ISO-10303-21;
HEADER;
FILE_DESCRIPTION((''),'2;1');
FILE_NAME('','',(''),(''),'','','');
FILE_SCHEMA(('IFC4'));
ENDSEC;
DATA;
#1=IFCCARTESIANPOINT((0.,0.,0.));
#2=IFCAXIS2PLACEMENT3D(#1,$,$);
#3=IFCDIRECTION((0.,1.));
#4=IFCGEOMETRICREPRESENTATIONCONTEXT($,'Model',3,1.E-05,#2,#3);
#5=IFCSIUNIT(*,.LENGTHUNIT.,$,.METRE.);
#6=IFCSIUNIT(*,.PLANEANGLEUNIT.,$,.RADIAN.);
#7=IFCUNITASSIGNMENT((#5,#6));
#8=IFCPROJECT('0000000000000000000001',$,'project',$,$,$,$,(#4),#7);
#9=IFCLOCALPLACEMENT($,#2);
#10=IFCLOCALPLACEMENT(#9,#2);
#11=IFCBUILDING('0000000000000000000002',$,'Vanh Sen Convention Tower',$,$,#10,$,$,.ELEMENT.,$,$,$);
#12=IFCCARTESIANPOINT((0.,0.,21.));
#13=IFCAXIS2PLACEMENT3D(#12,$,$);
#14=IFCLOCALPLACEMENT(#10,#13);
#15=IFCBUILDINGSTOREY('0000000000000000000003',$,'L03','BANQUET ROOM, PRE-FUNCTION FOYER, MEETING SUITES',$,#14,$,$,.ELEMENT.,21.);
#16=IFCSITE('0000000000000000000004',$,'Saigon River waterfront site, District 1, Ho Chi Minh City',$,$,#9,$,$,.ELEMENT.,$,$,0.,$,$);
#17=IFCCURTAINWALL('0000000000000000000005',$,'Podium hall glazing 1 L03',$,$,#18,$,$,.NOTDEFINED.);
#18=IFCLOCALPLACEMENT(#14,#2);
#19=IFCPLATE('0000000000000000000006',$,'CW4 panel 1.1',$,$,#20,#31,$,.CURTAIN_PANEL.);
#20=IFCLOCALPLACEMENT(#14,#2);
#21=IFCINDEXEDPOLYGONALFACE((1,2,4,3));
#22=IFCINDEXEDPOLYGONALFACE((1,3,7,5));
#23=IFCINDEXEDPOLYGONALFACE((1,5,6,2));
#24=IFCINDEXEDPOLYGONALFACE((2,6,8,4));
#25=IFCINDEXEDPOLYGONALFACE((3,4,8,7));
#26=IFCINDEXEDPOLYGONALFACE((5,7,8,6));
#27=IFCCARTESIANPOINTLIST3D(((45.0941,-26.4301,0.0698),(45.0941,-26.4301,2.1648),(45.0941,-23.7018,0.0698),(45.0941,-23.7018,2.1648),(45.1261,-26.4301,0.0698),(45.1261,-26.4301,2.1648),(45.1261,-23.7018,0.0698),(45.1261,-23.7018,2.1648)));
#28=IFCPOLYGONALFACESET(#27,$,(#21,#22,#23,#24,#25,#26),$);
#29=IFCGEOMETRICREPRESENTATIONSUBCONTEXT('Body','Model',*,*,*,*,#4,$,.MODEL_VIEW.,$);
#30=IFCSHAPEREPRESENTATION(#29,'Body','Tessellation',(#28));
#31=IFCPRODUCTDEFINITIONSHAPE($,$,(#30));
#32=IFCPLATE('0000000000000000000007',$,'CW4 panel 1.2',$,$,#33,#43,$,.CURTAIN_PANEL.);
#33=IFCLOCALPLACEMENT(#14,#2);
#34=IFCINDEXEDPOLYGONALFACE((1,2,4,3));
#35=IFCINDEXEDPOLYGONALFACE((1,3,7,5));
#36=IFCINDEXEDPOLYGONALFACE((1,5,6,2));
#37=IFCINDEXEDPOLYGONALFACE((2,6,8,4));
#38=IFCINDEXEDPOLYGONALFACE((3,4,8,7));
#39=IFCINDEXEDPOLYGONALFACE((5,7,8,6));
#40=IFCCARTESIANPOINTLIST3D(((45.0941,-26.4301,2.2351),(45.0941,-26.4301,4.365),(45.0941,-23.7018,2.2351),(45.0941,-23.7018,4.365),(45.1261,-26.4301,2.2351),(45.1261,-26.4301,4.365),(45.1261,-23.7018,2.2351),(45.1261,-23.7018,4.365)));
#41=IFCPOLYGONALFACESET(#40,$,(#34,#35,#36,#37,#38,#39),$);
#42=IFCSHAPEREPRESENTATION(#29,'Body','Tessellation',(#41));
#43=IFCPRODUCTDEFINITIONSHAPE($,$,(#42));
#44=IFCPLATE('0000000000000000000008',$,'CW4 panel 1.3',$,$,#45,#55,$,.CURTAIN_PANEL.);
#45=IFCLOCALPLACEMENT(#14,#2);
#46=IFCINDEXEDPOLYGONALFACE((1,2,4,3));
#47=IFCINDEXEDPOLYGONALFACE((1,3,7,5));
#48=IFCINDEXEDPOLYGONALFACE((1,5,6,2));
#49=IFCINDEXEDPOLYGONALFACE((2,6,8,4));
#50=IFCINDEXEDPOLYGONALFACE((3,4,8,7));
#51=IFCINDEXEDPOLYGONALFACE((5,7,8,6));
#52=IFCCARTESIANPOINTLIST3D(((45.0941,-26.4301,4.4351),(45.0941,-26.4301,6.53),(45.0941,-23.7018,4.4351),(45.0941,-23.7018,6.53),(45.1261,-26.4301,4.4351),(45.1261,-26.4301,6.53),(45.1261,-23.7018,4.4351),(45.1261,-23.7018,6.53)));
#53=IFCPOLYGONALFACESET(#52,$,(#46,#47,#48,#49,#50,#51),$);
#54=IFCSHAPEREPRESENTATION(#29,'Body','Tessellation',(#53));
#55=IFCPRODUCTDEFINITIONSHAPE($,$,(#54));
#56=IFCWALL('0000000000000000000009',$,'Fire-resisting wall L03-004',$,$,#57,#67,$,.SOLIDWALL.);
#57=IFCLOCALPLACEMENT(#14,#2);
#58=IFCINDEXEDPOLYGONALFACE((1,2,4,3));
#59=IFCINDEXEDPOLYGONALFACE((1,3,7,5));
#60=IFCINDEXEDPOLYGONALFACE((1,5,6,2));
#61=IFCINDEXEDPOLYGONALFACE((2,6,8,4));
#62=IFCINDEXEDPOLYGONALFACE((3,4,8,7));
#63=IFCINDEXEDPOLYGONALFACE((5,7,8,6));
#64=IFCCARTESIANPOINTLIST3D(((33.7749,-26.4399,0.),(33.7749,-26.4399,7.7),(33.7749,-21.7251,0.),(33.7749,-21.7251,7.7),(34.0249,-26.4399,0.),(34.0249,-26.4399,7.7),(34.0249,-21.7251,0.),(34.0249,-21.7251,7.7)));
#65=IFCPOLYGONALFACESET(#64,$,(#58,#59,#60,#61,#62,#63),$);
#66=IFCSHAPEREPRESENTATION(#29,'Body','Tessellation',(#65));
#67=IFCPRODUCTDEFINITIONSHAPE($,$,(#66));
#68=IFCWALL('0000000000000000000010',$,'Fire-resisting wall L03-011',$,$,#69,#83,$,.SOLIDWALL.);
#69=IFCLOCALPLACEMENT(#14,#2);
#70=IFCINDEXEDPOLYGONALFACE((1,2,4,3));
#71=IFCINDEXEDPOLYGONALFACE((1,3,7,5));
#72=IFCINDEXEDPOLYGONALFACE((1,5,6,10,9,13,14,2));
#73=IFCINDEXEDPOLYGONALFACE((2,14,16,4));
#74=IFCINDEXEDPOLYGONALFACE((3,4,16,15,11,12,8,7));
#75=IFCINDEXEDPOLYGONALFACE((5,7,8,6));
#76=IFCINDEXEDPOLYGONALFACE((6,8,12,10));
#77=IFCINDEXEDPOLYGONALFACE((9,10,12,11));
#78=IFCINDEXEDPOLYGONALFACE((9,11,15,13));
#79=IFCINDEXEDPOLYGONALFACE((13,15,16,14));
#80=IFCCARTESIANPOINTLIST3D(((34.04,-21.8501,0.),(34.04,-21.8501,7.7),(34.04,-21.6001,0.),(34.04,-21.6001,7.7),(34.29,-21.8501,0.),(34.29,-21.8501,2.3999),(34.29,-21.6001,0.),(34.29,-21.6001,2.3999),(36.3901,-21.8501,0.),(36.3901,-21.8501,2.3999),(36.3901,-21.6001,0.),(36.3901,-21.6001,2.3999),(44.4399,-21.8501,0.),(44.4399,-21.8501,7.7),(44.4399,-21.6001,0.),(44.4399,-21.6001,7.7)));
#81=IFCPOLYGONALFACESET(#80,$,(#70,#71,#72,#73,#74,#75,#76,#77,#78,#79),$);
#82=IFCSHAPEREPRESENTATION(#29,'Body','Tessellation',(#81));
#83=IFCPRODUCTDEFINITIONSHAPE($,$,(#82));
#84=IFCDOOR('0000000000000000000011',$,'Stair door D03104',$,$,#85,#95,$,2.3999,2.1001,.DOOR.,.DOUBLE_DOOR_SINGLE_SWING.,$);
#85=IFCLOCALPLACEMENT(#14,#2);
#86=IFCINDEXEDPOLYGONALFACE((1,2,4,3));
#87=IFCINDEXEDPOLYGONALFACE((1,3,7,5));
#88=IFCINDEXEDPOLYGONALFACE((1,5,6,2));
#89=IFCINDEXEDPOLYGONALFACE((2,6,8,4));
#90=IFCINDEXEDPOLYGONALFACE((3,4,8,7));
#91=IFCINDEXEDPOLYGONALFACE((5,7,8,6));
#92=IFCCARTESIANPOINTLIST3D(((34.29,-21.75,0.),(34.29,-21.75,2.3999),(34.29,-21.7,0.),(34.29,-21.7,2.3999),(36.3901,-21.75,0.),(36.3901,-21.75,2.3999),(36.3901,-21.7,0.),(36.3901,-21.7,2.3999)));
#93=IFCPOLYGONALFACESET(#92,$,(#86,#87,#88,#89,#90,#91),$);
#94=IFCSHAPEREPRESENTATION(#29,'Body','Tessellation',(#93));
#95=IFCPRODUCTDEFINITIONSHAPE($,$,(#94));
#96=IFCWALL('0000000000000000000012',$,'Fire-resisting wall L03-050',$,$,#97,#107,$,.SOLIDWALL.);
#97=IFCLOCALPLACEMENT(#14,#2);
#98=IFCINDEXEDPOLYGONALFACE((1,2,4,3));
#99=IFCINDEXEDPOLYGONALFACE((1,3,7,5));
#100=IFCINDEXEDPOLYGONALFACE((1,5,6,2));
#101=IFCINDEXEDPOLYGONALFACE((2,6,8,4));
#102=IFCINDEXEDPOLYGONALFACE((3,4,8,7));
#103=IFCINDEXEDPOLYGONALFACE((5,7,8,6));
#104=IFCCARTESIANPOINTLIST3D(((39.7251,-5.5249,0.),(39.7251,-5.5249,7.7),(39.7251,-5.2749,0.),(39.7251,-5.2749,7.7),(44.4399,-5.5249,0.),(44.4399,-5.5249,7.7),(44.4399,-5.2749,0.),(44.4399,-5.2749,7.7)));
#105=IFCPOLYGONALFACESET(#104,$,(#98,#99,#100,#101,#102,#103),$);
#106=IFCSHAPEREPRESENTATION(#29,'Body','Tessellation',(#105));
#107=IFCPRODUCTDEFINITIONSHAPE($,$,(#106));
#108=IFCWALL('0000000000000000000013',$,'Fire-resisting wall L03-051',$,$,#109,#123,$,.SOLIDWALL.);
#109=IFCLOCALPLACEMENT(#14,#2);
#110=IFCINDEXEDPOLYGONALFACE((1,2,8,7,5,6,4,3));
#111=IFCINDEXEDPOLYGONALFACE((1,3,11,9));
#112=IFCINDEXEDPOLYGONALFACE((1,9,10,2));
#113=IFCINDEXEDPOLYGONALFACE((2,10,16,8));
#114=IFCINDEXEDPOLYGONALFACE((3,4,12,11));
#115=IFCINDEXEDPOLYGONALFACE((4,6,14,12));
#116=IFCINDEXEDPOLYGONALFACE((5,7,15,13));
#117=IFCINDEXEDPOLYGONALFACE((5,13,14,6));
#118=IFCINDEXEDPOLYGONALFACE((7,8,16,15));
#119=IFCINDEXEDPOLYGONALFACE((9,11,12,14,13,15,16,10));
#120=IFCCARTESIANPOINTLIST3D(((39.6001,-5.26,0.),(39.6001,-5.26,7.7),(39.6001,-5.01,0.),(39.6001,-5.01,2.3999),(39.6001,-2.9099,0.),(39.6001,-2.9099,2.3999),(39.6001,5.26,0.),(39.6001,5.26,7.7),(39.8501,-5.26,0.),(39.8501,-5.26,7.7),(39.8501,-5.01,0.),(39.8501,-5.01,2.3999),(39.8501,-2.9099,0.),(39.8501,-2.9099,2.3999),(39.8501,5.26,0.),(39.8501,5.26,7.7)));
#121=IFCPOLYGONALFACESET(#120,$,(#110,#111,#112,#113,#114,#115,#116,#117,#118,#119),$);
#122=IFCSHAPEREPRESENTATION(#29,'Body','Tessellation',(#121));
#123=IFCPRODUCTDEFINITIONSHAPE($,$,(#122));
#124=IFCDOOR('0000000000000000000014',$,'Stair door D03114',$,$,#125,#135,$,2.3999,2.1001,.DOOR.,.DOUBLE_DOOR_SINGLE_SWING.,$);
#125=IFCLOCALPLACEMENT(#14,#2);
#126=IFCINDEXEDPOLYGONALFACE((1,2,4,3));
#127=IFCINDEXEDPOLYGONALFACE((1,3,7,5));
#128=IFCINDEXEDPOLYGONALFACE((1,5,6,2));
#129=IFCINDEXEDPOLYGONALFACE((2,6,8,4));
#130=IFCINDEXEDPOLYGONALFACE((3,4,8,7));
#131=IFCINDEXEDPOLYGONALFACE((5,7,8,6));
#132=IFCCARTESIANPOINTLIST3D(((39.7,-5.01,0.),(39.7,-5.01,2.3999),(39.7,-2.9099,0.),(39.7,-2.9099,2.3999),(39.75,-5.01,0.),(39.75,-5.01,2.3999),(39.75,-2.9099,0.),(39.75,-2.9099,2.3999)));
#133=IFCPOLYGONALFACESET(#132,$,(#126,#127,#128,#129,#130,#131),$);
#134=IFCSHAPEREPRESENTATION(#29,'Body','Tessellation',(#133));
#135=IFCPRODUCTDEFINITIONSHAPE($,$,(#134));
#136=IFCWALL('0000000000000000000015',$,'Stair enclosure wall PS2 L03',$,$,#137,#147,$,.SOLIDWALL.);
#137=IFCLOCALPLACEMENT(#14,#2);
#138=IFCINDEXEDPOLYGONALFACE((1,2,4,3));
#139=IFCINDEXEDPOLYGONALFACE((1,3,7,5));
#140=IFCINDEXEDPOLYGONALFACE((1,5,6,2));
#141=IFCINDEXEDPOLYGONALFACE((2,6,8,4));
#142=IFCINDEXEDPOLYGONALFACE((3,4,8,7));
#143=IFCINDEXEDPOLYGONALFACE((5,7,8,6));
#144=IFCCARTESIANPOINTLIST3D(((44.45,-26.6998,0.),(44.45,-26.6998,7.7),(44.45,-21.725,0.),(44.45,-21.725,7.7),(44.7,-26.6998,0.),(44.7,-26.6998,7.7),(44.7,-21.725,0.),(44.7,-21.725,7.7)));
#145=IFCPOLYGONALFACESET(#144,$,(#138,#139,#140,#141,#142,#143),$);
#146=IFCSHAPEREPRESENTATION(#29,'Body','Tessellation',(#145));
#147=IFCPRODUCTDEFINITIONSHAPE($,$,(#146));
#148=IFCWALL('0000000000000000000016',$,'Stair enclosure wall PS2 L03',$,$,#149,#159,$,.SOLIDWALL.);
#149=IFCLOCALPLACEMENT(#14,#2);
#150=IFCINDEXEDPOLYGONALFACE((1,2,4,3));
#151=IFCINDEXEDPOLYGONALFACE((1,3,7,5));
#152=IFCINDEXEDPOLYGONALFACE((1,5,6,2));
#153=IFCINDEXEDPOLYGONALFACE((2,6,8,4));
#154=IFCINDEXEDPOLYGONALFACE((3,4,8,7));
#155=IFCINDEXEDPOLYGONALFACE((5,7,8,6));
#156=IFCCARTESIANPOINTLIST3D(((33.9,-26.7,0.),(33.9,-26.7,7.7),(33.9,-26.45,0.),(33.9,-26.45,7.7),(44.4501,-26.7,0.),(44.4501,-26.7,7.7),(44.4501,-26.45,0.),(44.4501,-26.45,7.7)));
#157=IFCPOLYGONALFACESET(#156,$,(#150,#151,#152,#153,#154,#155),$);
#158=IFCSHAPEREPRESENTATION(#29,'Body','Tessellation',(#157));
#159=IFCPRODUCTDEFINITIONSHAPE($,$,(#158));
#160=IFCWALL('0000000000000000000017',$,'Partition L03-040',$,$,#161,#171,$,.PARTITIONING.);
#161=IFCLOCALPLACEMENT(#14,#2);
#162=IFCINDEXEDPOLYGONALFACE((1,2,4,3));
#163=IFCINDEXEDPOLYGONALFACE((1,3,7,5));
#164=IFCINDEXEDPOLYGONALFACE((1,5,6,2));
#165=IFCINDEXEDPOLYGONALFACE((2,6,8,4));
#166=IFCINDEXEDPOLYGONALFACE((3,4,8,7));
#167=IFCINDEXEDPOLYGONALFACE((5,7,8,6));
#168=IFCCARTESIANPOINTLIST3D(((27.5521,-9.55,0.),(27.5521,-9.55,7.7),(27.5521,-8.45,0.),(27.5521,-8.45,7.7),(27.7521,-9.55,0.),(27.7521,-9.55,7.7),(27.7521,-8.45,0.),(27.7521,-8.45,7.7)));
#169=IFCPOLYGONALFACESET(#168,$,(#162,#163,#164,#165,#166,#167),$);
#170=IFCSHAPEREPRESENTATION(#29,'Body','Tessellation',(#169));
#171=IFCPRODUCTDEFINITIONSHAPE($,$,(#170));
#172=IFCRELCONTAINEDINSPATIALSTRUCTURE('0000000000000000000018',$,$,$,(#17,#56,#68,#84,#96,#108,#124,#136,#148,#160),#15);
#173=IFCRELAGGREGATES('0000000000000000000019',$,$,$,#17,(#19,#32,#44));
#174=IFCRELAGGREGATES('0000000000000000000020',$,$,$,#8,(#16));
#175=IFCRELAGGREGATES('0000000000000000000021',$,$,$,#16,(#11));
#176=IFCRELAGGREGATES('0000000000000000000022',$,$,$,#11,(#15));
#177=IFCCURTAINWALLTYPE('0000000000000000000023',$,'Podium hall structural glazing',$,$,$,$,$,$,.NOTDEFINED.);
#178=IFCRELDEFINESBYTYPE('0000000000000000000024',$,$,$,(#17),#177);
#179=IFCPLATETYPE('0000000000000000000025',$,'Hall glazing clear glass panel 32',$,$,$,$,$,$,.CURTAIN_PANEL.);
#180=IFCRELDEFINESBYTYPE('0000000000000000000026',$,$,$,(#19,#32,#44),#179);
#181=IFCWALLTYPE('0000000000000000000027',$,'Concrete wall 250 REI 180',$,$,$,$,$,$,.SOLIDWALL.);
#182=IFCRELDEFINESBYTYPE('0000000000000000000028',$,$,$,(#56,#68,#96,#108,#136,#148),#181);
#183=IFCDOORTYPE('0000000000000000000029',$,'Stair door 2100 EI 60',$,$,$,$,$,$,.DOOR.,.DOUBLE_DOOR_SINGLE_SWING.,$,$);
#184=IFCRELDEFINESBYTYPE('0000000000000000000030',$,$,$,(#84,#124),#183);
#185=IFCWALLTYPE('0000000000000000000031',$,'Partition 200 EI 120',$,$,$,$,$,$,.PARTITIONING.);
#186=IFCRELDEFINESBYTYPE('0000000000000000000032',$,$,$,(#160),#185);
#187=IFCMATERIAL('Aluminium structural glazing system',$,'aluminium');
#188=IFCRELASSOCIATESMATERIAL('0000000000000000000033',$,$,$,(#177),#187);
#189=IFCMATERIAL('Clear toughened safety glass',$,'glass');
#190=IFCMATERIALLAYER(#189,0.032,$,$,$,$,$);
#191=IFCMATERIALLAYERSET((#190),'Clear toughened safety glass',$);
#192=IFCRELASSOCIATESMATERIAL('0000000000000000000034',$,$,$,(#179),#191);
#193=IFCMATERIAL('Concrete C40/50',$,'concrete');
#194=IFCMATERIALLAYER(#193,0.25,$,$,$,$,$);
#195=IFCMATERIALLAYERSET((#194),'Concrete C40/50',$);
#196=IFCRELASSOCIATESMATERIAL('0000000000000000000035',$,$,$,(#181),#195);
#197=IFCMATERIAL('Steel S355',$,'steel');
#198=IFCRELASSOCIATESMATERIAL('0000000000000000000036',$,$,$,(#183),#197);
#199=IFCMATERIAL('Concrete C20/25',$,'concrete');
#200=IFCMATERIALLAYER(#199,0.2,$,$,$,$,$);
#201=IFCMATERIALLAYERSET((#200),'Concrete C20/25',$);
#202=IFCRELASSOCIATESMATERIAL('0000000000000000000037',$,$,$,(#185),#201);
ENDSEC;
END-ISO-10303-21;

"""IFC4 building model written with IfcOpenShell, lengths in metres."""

from ifc_helpers import new_model, si_unit, direction, frame, frame_2d, origin, origin_2d, place, context, subcontext, project, spatial, rectangle, extrude, material, layer, layer_set, type_object, element, fill, aggregate, save


model = new_model("IFC4")

# Units and contexts
model_context = context("Model", 3, precision=1e-05, world=origin(), true_north=direction((0.0, 1.0)))
body_context = subcontext(model_context, "Body", "Model", "MODEL_VIEW")
ifc_project = project(units=[si_unit("LENGTHUNIT", "METRE"), si_unit("PLANEANGLEUNIT", "RADIAN")], contexts=[model_context])

# Site, building, storey
site_placement = place(None, origin())
site = spatial("IfcSite", under=ifc_project, at=site_placement, Name="Saigon River waterfront site, District 1, Ho Chi Minh City", CompositionType="ELEMENT", RefElevation=0.0)
building_placement = place(site_placement, origin())
building = spatial("IfcBuilding", under=site, at=building_placement, Name="Vanh Sen Convention Tower", CompositionType="ELEMENT")
storey_placement = place(building_placement, frame((0.0, 0.0, 21.0)))
storey = spatial("IfcBuildingStorey", under=building, at=storey_placement, Name="L03", Description="BANQUET ROOM, PRE-FUNCTION FOYER, MEETING SUITES", CompositionType="ELEMENT", Elevation=21.0)

# Curtain wall
ifc_material_1 = material(Name="Aluminium structural glazing system", Category="aluminium")
curtain_wall_type = type_object("IfcCurtainWallType", Name="Podium hall structural glazing", PredefinedType="NOTDEFINED", material=ifc_material_1)
curtain_wall_placement = place(storey_placement, origin())
curtain_wall = element("IfcCurtainWall", 1, at=curtain_wall_placement, inside=storey, type_object=curtain_wall_type, Name="Podium hall glazing 1 L03", PredefinedType="NOTDEFINED")

# Plates
ifc_material_2 = material(Name="Clear toughened safety glass", Category="glass")
ifc_layer_1 = layer(ifc_material_2, 0.032)
ifc_layer_set_1 = layer_set([ifc_layer_1], Name="Clear toughened safety glass")
plate_type = type_object("IfcPlateType", Name="Hall glazing clear glass panel 32", PredefinedType="CURTAIN_PANEL", material=ifc_layer_set_1)
plate_1_placement = place(storey_placement, frame((45.1101, -25.0659, 0.0698), z_axis=(0.0, 0.0, 1.0), x_axis=(0.0, 1.0, 0.0)))
plate_1 = element("IfcPlate", 2, at=plate_1_placement, type_object=plate_type, Name="CW4 panel 1.1", PredefinedType="CURTAIN_PANEL", context=body_context, shape_type="SweptSolid", body=[
    extrude(rectangle(XDim=2.7283, YDim=0.032, at=origin_2d()), origin(), (0.0, 0.0, 1.0), 2.095),
])
plate_2_placement = place(storey_placement, frame((45.1101, -25.0659, 2.2351), z_axis=(0.0, 0.0, 1.0), x_axis=(0.0, 1.0, 0.0)))
plate_2 = element("IfcPlate", 3, at=plate_2_placement, type_object=plate_type, Name="CW4 panel 1.2", PredefinedType="CURTAIN_PANEL", context=body_context, shape_type="SweptSolid", body=[
    extrude(rectangle(XDim=2.7283, YDim=0.032, at=origin_2d()), origin(), (0.0, 0.0, 1.0), 2.1299),
])
plate_3_placement = place(storey_placement, frame((45.1101, -25.0659, 4.4351), z_axis=(0.0, 0.0, 1.0), x_axis=(0.0, 1.0, 0.0)))
plate_3 = element("IfcPlate", 4, at=plate_3_placement, type_object=plate_type, Name="CW4 panel 1.3", PredefinedType="CURTAIN_PANEL", context=body_context, shape_type="SweptSolid", body=[
    extrude(rectangle(XDim=2.7283, YDim=0.032, at=origin_2d()), origin(), (0.0, 0.0, 1.0), 2.095),
])
aggregate(curtain_wall, [plate_1, plate_2, plate_3])

# Wall
ifc_material_3 = material(Name="Concrete C40/50", Category="concrete")
ifc_layer_2 = layer(ifc_material_3, 0.25)
ifc_layer_set_2 = layer_set([ifc_layer_2], Name="Concrete C40/50")
wall_type_1 = type_object("IfcWallType", Name="Concrete wall 250 REI 180", PredefinedType="SOLIDWALL", material=ifc_layer_set_2)
wall_1_placement = place(storey_placement, frame((33.8999, -26.4399, 0.0), z_axis=(0.0, 0.0, 1.0), x_axis=(0.0, 1.0, 0.0)))
element("IfcWall", 5, at=wall_1_placement, inside=storey, type_object=wall_type_1, Name="Fire-resisting wall L03-004", PredefinedType="SOLIDWALL", context=body_context, shape_type="SweptSolid", body=[
    extrude(rectangle(XDim=4.7148, YDim=0.25, at=frame_2d((2.3574, 0.0))), origin(), (0.0, 0.0, 1.0), 7.7),
])

# Wall, opening, door
wall_2_placement = place(storey_placement, frame((34.04, -21.7251, 0.0), z_axis=(0.0, 0.0, 1.0), x_axis=(1.0, 0.0, 0.0)))
wall_2 = element("IfcWall", 6, at=wall_2_placement, inside=storey, type_object=wall_type_1, Name="Fire-resisting wall L03-011", PredefinedType="SOLIDWALL", context=body_context, shape_type="SweptSolid", body=[
    extrude(rectangle(XDim=10.3999, YDim=0.25, at=frame_2d((5.2, 0.0))), origin(), (0.0, 0.0, 1.0), 7.7),
])
opening_1_placement = place(wall_2_placement, frame((0.25, 0.0, 0.0)))
opening_1 = element("IfcOpeningElement", 7, at=opening_1_placement, cuts=wall_2, PredefinedType="OPENING", context=body_context, shape_type="SweptSolid", body=[
    extrude(rectangle(XDim=2.1001, YDim=2.3999, at=frame_2d((1.05, 1.2))), frame((0.0, 0.135, 0.0), z_axis=(0.0, -1.0, 0.0), x_axis=(1.0, 0.0, 0.0)), (0.0, 0.0, 1.0), 0.27),
])
ifc_material_4 = material(Name="Steel S355", Category="steel")
door_type = type_object("IfcDoorType", Name="Stair door 2100 EI 60", OperationType="DOUBLE_DOOR_SINGLE_SWING", PredefinedType="DOOR", material=ifc_material_4)
door_1_placement = place(opening_1_placement, frame((2.1001, 0.0, 0.0), z_axis=(0.0, 0.0, 1.0), x_axis=(-1.0, 0.0, 0.0)))
door_1 = element("IfcDoor", 8, at=door_1_placement, inside=storey, type_object=door_type, Name="Stair door D03104", OperationType="DOUBLE_DOOR_SINGLE_SWING", OverallHeight=2.3999, OverallWidth=2.1001, PredefinedType="DOOR", context=body_context, shape_type="SweptSolid", body=[
    extrude(rectangle(XDim=2.1001, YDim=2.3999, at=frame_2d((1.05, 1.2))), frame((0.0, 0.0249, 0.0), z_axis=(0.0, -1.0, 0.0), x_axis=(1.0, 0.0, 0.0)), (0.0, 0.0, 1.0), 0.05),
])
fill(opening_1, door_1)

# Wall
wall_3_placement = place(storey_placement, frame((44.4399, -5.3999, 0.0), z_axis=(0.0, 0.0, 1.0), x_axis=(-1.0, 0.0, 0.0)))
element("IfcWall", 9, at=wall_3_placement, inside=storey, type_object=wall_type_1, Name="Fire-resisting wall L03-050", PredefinedType="SOLIDWALL", context=body_context, shape_type="SweptSolid", body=[
    extrude(rectangle(XDim=4.7148, YDim=0.25, at=frame_2d((2.3574, 0.0))), origin(), (0.0, 0.0, 1.0), 7.7),
])

# Wall, opening, door
wall_4_placement = place(storey_placement, frame((39.7251, -5.26, 0.0), z_axis=(0.0, 0.0, 1.0), x_axis=(0.0, 1.0, 0.0)))
wall_4 = element("IfcWall", 10, at=wall_4_placement, inside=storey, type_object=wall_type_1, Name="Fire-resisting wall L03-051", PredefinedType="SOLIDWALL", context=body_context, shape_type="SweptSolid", body=[
    extrude(rectangle(XDim=10.52, YDim=0.25, at=frame_2d((5.26, 0.0))), origin(), (0.0, 0.0, 1.0), 7.7),
])
opening_2_placement = place(wall_4_placement, frame((0.25, 0.0, 0.0)))
opening_2 = element("IfcOpeningElement", 11, at=opening_2_placement, cuts=wall_4, PredefinedType="OPENING", context=body_context, shape_type="SweptSolid", body=[
    extrude(rectangle(XDim=2.1001, YDim=2.3999, at=frame_2d((1.05, 1.2))), frame((0.0, 0.135, 0.0), z_axis=(0.0, -1.0, 0.0), x_axis=(1.0, 0.0, 0.0)), (0.0, 0.0, 1.0), 0.27),
])
door_2_placement = place(opening_2_placement, frame((2.1001, 0.0, 0.0), z_axis=(0.0, 0.0, 1.0), x_axis=(-1.0, 0.0, 0.0)))
door_2 = element("IfcDoor", 12, at=door_2_placement, inside=storey, type_object=door_type, Name="Stair door D03114", OperationType="DOUBLE_DOOR_SINGLE_SWING", OverallHeight=2.3999, OverallWidth=2.1001, PredefinedType="DOOR", context=body_context, shape_type="SweptSolid", body=[
    extrude(rectangle(XDim=2.1001, YDim=2.3999, at=frame_2d((1.05, 1.2))), frame((0.0, 0.0249, 0.0), z_axis=(0.0, -1.0, 0.0), x_axis=(1.0, 0.0, 0.0)), (0.0, 0.0, 1.0), 0.05),
])
fill(opening_2, door_2)

# Walls
wall_5_placement = place(storey_placement, frame((44.575, -21.7251, 0.0), z_axis=(0.0, 0.0, 1.0), x_axis=(0.0, -1.0, 0.0)))
element("IfcWall", 13, at=wall_5_placement, inside=storey, type_object=wall_type_1, Name="Stair enclosure wall PS2 L03", PredefinedType="SOLIDWALL", context=body_context, shape_type="SweptSolid", body=[
    extrude(rectangle(XDim=4.9749, YDim=0.25, at=frame_2d((2.4873, 0.0))), origin(), (0.0, 0.0, 1.0), 7.7),
])
wall_6_placement = place(storey_placement, frame((44.45, -26.575, 0.0), z_axis=(0.0, 0.0, 1.0), x_axis=(-1.0, 0.0, 0.0)))
element("IfcWall", 14, at=wall_6_placement, inside=storey, type_object=wall_type_1, Name="Stair enclosure wall PS2 L03", PredefinedType="SOLIDWALL", context=body_context, shape_type="SweptSolid", body=[
    extrude(rectangle(XDim=10.55, YDim=0.25, at=frame_2d((5.2749, 0.0))), origin(), (0.0, 0.0, 1.0), 7.7),
])
ifc_material_5 = material(Name="Concrete C20/25", Category="concrete")
ifc_layer_3 = layer(ifc_material_5, 0.2)
ifc_layer_set_3 = layer_set([ifc_layer_3], Name="Concrete C20/25")
wall_type_2 = type_object("IfcWallType", Name="Partition 200 EI 120", PredefinedType="PARTITIONING", material=ifc_layer_set_3)
wall_7_placement = place(storey_placement, frame((27.6521, -9.55, 0.0), z_axis=(0.0, 0.0, 1.0), x_axis=(0.0, 1.0, 0.0)))
element("IfcWall", 15, at=wall_7_placement, inside=storey, type_object=wall_type_2, Name="Partition L03-040", PredefinedType="PARTITIONING", context=body_context, shape_type="SweptSolid", body=[
    extrude(rectangle(XDim=1.1001, YDim=0.2, at=frame_2d((0.55, 0.0))), origin(), (0.0, 0.0, 1.0), 7.7),
])

save(model, "model.ifc")
